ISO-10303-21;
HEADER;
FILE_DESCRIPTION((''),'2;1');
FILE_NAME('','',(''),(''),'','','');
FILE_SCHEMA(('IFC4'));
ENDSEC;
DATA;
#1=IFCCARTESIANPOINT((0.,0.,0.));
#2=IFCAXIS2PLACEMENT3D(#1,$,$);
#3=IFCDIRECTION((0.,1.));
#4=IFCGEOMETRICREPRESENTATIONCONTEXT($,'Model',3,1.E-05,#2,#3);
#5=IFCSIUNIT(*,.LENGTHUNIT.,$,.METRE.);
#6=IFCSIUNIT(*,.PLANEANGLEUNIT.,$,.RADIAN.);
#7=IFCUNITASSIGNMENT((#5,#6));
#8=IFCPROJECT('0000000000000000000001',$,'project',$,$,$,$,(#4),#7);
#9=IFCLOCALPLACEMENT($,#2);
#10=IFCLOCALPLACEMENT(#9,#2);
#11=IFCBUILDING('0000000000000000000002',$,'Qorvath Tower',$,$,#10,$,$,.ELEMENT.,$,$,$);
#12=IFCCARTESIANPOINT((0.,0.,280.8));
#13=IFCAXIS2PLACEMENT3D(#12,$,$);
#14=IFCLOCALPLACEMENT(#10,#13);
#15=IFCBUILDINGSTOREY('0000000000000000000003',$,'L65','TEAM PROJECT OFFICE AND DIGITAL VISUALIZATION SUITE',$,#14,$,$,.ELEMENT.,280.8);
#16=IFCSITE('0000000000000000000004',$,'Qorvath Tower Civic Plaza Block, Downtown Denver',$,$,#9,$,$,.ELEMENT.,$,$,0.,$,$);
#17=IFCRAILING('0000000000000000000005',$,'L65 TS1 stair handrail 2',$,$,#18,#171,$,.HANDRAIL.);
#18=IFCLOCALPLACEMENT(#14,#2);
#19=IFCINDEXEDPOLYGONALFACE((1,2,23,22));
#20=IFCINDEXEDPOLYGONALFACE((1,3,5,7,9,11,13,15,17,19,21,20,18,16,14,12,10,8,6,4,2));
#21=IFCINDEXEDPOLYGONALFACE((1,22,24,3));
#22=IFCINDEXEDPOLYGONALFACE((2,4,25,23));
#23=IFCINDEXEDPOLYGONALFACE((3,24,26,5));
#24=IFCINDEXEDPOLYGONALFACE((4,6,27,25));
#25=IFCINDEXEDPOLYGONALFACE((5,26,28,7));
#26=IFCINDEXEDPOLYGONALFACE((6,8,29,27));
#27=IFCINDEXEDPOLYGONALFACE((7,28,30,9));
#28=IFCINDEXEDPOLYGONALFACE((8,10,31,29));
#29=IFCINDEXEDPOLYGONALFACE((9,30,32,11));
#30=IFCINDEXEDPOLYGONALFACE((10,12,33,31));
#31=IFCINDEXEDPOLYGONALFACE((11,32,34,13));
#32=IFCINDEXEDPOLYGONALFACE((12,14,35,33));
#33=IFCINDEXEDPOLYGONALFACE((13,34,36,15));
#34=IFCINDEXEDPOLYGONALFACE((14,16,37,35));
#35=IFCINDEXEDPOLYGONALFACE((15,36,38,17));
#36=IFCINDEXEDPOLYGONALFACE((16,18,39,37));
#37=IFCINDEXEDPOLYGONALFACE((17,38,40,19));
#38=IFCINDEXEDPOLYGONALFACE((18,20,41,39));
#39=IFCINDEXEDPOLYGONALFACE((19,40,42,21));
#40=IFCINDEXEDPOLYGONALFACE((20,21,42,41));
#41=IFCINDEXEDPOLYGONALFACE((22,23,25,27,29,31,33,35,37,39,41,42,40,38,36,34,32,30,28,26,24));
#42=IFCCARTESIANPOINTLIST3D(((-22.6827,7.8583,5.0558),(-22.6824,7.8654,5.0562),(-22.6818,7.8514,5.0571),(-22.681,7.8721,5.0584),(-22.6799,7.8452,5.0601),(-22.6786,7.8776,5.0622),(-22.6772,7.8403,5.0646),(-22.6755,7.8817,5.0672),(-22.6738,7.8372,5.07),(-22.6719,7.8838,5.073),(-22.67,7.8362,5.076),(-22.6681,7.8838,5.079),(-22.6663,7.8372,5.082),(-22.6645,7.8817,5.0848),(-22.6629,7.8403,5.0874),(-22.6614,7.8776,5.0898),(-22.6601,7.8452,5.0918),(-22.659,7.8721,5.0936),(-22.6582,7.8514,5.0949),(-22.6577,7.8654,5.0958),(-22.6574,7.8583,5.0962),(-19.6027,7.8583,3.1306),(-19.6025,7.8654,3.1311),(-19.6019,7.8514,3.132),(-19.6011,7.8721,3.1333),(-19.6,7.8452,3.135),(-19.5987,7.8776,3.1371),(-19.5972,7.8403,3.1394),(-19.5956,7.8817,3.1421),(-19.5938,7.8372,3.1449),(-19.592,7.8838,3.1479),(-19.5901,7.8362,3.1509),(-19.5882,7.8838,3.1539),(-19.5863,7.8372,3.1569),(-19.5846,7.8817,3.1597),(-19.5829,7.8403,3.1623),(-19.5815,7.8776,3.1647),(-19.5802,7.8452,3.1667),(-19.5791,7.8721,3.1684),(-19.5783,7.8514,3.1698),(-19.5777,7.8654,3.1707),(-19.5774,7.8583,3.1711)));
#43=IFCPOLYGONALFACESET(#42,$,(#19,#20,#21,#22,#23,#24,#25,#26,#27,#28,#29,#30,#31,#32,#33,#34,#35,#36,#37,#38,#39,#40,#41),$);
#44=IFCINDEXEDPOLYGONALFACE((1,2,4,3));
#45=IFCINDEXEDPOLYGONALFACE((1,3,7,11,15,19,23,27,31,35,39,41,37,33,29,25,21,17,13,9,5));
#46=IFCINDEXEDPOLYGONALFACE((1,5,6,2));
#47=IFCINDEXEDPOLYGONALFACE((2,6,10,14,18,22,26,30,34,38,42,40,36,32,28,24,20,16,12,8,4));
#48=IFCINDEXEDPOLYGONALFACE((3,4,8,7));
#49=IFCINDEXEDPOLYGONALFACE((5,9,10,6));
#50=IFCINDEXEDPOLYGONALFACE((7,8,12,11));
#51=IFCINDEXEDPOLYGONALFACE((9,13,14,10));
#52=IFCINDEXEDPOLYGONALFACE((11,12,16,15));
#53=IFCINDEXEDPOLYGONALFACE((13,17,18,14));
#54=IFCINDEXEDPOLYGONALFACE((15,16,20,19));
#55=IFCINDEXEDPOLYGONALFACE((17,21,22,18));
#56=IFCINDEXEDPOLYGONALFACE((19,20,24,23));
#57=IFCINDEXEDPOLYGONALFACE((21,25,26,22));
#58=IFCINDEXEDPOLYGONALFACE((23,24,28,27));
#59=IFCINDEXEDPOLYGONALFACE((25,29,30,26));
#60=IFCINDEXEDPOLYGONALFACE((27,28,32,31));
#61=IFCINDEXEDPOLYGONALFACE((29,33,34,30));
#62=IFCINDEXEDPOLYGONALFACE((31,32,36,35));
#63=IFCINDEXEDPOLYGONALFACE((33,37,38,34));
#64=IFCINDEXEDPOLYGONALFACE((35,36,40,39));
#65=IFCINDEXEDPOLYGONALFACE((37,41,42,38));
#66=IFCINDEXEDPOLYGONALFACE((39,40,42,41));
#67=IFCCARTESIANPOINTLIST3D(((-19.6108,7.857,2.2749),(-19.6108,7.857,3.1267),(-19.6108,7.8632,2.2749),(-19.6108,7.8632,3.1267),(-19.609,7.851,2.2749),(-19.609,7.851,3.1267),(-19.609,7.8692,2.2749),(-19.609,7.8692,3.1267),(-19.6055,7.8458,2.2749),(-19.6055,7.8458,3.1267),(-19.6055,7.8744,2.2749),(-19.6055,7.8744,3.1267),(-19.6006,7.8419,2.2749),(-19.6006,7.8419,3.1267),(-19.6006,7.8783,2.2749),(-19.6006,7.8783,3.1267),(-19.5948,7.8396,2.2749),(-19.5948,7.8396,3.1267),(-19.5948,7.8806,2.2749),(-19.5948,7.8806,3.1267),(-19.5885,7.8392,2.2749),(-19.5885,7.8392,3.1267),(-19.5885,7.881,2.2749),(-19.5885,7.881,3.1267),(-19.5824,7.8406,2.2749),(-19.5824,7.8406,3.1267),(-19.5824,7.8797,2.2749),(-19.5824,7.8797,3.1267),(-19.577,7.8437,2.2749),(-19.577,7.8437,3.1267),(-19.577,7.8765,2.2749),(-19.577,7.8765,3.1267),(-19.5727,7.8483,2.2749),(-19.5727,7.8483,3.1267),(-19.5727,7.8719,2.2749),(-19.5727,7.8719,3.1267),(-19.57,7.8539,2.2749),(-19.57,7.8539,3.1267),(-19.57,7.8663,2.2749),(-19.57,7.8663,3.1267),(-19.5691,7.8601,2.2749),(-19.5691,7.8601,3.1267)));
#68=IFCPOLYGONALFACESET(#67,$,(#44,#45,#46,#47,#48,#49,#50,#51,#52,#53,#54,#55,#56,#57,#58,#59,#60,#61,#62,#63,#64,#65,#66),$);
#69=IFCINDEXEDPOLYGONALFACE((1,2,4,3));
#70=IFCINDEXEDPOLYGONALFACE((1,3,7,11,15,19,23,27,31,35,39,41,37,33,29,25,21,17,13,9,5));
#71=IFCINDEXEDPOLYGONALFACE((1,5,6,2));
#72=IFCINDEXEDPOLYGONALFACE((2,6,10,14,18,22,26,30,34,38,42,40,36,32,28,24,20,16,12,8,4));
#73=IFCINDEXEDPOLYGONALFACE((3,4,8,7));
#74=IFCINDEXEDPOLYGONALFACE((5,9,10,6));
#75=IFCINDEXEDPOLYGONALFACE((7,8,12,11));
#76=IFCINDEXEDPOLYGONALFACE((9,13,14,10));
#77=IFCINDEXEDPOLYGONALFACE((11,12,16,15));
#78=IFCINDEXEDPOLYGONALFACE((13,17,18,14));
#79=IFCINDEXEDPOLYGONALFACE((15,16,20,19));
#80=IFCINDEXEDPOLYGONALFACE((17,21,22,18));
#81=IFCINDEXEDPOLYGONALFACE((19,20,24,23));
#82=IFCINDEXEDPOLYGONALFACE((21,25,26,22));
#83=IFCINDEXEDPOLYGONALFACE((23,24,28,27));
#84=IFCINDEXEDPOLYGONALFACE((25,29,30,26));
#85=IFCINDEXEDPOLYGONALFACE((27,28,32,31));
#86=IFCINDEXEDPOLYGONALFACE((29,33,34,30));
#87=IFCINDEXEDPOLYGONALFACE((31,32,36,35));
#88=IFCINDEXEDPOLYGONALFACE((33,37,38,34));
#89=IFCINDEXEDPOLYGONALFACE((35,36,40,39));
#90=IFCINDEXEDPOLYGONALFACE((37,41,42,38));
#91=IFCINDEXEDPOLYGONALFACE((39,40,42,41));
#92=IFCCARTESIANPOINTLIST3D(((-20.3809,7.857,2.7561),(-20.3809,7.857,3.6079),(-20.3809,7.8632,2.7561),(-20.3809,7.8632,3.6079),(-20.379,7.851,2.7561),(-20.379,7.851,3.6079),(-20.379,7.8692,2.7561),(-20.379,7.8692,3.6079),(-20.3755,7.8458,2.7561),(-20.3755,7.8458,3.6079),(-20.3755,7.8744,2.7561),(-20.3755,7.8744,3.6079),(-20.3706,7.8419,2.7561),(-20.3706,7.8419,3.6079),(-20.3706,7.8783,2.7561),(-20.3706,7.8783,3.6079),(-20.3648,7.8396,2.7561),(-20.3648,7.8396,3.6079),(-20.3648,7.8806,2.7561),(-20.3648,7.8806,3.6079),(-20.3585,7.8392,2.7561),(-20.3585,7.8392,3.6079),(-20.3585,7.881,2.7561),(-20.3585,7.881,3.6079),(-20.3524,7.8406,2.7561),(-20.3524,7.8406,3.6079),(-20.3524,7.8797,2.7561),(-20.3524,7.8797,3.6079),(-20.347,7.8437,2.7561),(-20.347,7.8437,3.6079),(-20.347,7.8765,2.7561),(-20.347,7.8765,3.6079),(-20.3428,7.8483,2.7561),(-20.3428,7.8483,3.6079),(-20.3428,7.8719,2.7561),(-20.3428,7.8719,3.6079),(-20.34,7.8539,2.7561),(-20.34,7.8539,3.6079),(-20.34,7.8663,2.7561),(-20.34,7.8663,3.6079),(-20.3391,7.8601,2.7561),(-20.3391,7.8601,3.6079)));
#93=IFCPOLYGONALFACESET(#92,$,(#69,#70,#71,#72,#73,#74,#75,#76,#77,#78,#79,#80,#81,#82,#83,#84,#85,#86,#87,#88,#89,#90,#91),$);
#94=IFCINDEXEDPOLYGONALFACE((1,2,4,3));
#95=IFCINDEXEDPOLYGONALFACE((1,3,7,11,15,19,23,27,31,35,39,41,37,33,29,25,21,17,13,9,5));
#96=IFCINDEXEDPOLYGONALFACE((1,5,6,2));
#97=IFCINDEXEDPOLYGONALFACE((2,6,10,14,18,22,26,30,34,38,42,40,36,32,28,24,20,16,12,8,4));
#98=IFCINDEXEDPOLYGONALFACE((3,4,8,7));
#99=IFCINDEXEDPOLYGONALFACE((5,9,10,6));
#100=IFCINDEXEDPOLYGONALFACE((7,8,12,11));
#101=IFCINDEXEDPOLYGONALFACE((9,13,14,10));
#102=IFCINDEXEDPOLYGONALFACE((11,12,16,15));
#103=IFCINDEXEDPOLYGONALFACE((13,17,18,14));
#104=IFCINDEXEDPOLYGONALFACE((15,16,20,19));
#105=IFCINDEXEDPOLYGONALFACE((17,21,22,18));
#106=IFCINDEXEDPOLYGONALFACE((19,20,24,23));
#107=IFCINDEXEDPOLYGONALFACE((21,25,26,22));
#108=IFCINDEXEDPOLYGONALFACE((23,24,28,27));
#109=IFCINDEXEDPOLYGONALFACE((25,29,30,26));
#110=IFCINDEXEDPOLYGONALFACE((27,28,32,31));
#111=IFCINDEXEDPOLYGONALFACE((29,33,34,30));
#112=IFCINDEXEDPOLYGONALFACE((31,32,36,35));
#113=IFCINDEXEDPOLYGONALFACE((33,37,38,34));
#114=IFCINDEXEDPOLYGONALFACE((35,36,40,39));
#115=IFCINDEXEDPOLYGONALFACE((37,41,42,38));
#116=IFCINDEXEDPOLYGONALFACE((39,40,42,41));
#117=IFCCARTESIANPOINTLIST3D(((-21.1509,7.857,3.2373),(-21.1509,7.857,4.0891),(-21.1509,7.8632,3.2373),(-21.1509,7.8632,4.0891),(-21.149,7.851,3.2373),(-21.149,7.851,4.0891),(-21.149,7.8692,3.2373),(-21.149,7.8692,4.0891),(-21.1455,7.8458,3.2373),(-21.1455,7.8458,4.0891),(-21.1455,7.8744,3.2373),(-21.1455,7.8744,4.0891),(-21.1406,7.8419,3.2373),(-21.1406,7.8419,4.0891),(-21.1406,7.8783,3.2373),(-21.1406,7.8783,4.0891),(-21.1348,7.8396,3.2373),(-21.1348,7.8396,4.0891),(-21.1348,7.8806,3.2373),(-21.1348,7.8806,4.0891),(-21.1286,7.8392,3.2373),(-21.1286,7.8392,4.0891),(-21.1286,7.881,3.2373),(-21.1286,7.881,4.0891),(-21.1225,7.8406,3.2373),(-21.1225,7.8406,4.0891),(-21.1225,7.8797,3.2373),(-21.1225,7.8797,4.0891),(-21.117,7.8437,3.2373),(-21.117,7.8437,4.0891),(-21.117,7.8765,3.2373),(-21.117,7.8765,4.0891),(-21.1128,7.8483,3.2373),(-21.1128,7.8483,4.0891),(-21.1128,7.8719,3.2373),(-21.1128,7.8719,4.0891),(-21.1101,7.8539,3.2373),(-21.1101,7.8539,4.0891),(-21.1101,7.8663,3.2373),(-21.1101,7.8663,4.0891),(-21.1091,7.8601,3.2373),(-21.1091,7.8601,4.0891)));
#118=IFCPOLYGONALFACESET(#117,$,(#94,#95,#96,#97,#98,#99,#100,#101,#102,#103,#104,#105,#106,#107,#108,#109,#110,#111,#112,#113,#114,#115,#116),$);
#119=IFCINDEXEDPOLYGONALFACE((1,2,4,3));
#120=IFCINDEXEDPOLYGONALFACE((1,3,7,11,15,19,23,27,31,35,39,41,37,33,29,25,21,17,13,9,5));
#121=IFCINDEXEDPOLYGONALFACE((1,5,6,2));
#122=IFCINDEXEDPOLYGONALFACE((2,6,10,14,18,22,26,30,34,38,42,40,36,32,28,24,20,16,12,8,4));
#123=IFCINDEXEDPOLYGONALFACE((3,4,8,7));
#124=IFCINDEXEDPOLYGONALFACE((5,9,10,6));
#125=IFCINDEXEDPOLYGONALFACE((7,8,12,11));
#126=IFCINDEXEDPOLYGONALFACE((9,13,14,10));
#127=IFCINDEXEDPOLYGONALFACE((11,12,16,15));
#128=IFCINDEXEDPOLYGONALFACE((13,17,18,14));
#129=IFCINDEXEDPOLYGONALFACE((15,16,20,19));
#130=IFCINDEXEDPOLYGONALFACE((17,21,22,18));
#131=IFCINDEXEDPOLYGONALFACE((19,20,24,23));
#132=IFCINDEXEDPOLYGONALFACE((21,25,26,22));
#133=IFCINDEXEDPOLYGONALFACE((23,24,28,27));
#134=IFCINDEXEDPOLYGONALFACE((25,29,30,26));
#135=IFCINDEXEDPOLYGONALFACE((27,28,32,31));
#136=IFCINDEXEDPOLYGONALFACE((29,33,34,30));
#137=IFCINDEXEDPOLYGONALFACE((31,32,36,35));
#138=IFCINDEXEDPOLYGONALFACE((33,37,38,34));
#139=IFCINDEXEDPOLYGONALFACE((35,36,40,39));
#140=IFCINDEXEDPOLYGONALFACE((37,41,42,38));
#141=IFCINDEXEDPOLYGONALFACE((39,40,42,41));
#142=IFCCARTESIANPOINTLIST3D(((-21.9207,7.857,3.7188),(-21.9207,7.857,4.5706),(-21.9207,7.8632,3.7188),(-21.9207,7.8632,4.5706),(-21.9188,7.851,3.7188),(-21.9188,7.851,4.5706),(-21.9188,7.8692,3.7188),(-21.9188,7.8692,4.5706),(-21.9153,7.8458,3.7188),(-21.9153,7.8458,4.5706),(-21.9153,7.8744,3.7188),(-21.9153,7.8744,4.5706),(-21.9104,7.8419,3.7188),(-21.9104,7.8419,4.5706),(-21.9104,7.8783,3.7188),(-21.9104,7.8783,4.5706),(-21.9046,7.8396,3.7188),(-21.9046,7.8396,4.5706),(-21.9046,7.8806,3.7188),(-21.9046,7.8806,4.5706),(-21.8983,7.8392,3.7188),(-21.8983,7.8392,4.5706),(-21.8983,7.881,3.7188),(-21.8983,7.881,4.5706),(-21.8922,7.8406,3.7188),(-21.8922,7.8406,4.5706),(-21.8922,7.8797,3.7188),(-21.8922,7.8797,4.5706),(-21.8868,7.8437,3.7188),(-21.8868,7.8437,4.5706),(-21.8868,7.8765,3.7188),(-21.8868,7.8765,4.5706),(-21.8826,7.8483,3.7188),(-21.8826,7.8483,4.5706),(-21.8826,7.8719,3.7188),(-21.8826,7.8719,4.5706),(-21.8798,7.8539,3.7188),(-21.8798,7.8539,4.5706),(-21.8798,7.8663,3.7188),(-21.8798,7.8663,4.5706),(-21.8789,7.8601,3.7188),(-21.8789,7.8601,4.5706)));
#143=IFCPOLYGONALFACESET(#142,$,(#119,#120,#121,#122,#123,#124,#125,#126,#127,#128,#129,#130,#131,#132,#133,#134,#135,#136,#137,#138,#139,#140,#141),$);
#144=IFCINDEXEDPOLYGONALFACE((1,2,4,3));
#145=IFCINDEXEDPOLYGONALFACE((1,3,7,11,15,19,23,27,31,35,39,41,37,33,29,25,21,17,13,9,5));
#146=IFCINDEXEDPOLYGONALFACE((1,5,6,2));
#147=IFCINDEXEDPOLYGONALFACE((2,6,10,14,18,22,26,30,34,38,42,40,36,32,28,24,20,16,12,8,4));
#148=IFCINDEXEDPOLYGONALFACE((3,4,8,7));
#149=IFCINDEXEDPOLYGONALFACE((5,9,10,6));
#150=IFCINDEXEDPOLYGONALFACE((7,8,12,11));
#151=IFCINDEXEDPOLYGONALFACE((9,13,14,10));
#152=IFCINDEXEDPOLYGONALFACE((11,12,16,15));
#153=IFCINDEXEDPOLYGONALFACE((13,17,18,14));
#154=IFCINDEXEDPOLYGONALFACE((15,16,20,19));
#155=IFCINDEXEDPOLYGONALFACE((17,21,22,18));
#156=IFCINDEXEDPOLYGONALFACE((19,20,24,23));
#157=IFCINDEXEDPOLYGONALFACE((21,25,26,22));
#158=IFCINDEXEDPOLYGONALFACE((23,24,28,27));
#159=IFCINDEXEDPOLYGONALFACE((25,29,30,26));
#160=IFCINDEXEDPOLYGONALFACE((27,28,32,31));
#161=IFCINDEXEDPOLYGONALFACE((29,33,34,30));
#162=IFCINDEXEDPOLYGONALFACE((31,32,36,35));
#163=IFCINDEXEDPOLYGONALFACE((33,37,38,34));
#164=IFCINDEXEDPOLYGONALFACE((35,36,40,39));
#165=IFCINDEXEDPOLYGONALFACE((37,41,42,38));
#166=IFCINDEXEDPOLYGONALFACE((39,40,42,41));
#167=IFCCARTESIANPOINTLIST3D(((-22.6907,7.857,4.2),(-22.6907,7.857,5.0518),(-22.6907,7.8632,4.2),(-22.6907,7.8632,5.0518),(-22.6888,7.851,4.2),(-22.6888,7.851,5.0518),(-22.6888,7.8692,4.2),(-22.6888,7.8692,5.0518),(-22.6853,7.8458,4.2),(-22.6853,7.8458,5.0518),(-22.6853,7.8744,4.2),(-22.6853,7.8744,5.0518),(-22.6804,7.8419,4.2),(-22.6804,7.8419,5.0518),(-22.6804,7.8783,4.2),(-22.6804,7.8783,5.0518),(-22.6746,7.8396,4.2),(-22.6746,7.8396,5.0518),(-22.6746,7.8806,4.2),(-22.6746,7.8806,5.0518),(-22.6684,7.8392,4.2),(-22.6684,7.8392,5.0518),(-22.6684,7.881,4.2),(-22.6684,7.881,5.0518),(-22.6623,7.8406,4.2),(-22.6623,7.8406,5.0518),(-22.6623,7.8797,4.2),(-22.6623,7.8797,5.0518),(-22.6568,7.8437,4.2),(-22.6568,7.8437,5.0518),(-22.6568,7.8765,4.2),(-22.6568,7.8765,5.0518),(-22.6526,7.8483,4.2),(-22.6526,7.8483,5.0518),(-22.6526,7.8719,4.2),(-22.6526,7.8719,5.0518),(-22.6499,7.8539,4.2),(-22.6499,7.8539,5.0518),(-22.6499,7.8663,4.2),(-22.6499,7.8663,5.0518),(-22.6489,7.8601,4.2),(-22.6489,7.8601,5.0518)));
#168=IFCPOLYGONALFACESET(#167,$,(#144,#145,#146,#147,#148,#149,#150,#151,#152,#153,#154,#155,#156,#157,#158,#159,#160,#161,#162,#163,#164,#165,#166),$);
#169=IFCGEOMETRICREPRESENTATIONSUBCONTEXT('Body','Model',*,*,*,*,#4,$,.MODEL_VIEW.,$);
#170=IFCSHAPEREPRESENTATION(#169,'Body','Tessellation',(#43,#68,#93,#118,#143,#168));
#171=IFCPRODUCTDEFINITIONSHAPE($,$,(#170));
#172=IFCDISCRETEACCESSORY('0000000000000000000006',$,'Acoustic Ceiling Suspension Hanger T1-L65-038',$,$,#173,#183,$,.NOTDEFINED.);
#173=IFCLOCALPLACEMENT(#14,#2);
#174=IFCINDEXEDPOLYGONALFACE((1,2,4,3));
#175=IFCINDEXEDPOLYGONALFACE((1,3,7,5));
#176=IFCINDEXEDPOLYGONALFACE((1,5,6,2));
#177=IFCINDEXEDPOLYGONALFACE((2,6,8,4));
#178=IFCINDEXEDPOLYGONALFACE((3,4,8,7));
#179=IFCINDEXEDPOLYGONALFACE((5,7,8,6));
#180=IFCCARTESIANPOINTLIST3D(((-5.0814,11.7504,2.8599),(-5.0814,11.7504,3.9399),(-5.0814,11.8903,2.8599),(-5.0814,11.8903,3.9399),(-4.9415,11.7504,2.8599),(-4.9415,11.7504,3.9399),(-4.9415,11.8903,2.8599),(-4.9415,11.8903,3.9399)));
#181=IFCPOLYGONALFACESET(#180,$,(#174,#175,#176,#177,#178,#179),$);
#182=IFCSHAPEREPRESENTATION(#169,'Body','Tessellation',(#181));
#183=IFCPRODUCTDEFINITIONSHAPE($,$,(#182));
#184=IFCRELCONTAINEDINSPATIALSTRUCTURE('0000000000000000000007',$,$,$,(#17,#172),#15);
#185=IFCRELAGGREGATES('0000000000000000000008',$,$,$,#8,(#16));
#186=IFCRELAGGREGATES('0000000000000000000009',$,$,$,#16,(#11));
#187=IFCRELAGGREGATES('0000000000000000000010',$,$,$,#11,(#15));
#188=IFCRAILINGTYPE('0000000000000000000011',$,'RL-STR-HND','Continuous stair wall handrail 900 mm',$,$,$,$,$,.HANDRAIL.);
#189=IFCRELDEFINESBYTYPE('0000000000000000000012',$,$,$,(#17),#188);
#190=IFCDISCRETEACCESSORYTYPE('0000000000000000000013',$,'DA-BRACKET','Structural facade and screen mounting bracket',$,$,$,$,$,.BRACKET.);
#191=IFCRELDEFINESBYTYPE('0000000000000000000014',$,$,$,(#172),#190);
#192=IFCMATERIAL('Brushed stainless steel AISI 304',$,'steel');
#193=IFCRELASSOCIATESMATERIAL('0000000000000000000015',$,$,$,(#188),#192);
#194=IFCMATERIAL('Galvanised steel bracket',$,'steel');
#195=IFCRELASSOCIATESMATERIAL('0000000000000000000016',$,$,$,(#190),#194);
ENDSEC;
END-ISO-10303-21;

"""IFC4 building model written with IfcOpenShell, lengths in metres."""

from ifc_helpers import new_model, si_unit, direction, frame, origin, origin_2d, place, context, subcontext, project, spatial, rectangle, circle, extrude, material, type_object, element, save


model = new_model("IFC4")

# Units and contexts
model_context = context("Model", 3, precision=1e-05, world=origin(), true_north=direction((0.0, 1.0)))
body_context = subcontext(model_context, "Body", "Model", "MODEL_VIEW")
ifc_project = project(units=[si_unit("LENGTHUNIT", "METRE"), si_unit("PLANEANGLEUNIT", "RADIAN")], contexts=[model_context])

# Site, building, storey
site_placement = place(None, origin())
site = spatial("IfcSite", under=ifc_project, at=site_placement, Name="Qorvath Tower Civic Plaza Block, Downtown Denver", CompositionType="ELEMENT", RefElevation=0.0)
building_placement = place(site_placement, origin())
building = spatial("IfcBuilding", under=site, at=building_placement, Name="Qorvath Tower", CompositionType="ELEMENT")
storey_placement = place(building_placement, frame((0.0, 0.0, 280.8)))
storey = spatial("IfcBuildingStorey", under=building, at=storey_placement, Name="L65", Description="TEAM PROJECT OFFICE AND DIGITAL VISUALIZATION SUITE", CompositionType="ELEMENT", Elevation=280.8)

# Railing
ifc_material_1 = material(Name="Brushed stainless steel AISI 304", Category="steel")
railing_type_1 = type_object("IfcRailingType", Name="RL-STR-HND", Description="Continuous stair wall handrail 900 mm", PredefinedType="HANDRAIL", material=ifc_material_1)
railing_1_placement = place(storey_placement, frame((-19.5901, 7.8601, 2.2749)))
element("IfcRailing", 1, at=railing_1_placement, inside=storey, type_object=railing_type_1, Name="L65 TS1 stair handrail 2", PredefinedType="HANDRAIL", context=body_context, shape_type="SweptSolid", body=[
    extrude(circle(Radius=0.0239, at=origin_2d()), frame((0.0, 0.0, 0.876), z_axis=(-0.847979, 0.0, 0.530029), x_axis=(0.0, -1.0, 0.0)), (0.0, 0.0, 1.0), 3.6321),
    extrude(circle(Radius=0.021, at=origin_2d()), origin(), (0.0, 0.0, 1.0), 0.8518),
    extrude(circle(Radius=0.021, at=origin_2d()), frame((-0.77, 0.0, 0.4812)), (0.0, 0.0, 1.0), 0.8518),
    extrude(circle(Radius=0.021, at=origin_2d()), frame((-1.54, 0.0, 0.9624)), (0.0, 0.0, 1.0), 0.8518),
    extrude(circle(Radius=0.021, at=origin_2d()), frame((-2.3098, 0.0, 1.4438)), (0.0, 0.0, 1.0), 0.8518),
    extrude(circle(Radius=0.021, at=origin_2d()), frame((-3.0798, 0.0, 1.925)), (0.0, 0.0, 1.0), 0.8518),
])

# Discrete accessory
ifc_material_2 = material(Name="Galvanised steel bracket", Category="steel")
discrete_accessory_type = type_object("IfcDiscreteAccessoryType", Name="DA-BRACKET", Description="Structural facade and screen mounting bracket", PredefinedType="BRACKET", material=ifc_material_2)
discrete_accessory_placement = place(storey_placement, frame((-5.0115, 11.8203, 2.8599), z_axis=(0.0, 0.0, 1.0), x_axis=(1.0, 0.0, 0.0)))
element("IfcDiscreteAccessory", 2, at=discrete_accessory_placement, inside=storey, type_object=discrete_accessory_type, Name="Acoustic Ceiling Suspension Hanger T1-L65-038", PredefinedType="NOTDEFINED", context=body_context, shape_type="SweptSolid", body=[
    extrude(rectangle(XDim=0.1399, YDim=0.1399, at=origin_2d()), origin(), (0.0, 0.0, 1.0), 1.0801),
])

save(model, "model.ifc")
